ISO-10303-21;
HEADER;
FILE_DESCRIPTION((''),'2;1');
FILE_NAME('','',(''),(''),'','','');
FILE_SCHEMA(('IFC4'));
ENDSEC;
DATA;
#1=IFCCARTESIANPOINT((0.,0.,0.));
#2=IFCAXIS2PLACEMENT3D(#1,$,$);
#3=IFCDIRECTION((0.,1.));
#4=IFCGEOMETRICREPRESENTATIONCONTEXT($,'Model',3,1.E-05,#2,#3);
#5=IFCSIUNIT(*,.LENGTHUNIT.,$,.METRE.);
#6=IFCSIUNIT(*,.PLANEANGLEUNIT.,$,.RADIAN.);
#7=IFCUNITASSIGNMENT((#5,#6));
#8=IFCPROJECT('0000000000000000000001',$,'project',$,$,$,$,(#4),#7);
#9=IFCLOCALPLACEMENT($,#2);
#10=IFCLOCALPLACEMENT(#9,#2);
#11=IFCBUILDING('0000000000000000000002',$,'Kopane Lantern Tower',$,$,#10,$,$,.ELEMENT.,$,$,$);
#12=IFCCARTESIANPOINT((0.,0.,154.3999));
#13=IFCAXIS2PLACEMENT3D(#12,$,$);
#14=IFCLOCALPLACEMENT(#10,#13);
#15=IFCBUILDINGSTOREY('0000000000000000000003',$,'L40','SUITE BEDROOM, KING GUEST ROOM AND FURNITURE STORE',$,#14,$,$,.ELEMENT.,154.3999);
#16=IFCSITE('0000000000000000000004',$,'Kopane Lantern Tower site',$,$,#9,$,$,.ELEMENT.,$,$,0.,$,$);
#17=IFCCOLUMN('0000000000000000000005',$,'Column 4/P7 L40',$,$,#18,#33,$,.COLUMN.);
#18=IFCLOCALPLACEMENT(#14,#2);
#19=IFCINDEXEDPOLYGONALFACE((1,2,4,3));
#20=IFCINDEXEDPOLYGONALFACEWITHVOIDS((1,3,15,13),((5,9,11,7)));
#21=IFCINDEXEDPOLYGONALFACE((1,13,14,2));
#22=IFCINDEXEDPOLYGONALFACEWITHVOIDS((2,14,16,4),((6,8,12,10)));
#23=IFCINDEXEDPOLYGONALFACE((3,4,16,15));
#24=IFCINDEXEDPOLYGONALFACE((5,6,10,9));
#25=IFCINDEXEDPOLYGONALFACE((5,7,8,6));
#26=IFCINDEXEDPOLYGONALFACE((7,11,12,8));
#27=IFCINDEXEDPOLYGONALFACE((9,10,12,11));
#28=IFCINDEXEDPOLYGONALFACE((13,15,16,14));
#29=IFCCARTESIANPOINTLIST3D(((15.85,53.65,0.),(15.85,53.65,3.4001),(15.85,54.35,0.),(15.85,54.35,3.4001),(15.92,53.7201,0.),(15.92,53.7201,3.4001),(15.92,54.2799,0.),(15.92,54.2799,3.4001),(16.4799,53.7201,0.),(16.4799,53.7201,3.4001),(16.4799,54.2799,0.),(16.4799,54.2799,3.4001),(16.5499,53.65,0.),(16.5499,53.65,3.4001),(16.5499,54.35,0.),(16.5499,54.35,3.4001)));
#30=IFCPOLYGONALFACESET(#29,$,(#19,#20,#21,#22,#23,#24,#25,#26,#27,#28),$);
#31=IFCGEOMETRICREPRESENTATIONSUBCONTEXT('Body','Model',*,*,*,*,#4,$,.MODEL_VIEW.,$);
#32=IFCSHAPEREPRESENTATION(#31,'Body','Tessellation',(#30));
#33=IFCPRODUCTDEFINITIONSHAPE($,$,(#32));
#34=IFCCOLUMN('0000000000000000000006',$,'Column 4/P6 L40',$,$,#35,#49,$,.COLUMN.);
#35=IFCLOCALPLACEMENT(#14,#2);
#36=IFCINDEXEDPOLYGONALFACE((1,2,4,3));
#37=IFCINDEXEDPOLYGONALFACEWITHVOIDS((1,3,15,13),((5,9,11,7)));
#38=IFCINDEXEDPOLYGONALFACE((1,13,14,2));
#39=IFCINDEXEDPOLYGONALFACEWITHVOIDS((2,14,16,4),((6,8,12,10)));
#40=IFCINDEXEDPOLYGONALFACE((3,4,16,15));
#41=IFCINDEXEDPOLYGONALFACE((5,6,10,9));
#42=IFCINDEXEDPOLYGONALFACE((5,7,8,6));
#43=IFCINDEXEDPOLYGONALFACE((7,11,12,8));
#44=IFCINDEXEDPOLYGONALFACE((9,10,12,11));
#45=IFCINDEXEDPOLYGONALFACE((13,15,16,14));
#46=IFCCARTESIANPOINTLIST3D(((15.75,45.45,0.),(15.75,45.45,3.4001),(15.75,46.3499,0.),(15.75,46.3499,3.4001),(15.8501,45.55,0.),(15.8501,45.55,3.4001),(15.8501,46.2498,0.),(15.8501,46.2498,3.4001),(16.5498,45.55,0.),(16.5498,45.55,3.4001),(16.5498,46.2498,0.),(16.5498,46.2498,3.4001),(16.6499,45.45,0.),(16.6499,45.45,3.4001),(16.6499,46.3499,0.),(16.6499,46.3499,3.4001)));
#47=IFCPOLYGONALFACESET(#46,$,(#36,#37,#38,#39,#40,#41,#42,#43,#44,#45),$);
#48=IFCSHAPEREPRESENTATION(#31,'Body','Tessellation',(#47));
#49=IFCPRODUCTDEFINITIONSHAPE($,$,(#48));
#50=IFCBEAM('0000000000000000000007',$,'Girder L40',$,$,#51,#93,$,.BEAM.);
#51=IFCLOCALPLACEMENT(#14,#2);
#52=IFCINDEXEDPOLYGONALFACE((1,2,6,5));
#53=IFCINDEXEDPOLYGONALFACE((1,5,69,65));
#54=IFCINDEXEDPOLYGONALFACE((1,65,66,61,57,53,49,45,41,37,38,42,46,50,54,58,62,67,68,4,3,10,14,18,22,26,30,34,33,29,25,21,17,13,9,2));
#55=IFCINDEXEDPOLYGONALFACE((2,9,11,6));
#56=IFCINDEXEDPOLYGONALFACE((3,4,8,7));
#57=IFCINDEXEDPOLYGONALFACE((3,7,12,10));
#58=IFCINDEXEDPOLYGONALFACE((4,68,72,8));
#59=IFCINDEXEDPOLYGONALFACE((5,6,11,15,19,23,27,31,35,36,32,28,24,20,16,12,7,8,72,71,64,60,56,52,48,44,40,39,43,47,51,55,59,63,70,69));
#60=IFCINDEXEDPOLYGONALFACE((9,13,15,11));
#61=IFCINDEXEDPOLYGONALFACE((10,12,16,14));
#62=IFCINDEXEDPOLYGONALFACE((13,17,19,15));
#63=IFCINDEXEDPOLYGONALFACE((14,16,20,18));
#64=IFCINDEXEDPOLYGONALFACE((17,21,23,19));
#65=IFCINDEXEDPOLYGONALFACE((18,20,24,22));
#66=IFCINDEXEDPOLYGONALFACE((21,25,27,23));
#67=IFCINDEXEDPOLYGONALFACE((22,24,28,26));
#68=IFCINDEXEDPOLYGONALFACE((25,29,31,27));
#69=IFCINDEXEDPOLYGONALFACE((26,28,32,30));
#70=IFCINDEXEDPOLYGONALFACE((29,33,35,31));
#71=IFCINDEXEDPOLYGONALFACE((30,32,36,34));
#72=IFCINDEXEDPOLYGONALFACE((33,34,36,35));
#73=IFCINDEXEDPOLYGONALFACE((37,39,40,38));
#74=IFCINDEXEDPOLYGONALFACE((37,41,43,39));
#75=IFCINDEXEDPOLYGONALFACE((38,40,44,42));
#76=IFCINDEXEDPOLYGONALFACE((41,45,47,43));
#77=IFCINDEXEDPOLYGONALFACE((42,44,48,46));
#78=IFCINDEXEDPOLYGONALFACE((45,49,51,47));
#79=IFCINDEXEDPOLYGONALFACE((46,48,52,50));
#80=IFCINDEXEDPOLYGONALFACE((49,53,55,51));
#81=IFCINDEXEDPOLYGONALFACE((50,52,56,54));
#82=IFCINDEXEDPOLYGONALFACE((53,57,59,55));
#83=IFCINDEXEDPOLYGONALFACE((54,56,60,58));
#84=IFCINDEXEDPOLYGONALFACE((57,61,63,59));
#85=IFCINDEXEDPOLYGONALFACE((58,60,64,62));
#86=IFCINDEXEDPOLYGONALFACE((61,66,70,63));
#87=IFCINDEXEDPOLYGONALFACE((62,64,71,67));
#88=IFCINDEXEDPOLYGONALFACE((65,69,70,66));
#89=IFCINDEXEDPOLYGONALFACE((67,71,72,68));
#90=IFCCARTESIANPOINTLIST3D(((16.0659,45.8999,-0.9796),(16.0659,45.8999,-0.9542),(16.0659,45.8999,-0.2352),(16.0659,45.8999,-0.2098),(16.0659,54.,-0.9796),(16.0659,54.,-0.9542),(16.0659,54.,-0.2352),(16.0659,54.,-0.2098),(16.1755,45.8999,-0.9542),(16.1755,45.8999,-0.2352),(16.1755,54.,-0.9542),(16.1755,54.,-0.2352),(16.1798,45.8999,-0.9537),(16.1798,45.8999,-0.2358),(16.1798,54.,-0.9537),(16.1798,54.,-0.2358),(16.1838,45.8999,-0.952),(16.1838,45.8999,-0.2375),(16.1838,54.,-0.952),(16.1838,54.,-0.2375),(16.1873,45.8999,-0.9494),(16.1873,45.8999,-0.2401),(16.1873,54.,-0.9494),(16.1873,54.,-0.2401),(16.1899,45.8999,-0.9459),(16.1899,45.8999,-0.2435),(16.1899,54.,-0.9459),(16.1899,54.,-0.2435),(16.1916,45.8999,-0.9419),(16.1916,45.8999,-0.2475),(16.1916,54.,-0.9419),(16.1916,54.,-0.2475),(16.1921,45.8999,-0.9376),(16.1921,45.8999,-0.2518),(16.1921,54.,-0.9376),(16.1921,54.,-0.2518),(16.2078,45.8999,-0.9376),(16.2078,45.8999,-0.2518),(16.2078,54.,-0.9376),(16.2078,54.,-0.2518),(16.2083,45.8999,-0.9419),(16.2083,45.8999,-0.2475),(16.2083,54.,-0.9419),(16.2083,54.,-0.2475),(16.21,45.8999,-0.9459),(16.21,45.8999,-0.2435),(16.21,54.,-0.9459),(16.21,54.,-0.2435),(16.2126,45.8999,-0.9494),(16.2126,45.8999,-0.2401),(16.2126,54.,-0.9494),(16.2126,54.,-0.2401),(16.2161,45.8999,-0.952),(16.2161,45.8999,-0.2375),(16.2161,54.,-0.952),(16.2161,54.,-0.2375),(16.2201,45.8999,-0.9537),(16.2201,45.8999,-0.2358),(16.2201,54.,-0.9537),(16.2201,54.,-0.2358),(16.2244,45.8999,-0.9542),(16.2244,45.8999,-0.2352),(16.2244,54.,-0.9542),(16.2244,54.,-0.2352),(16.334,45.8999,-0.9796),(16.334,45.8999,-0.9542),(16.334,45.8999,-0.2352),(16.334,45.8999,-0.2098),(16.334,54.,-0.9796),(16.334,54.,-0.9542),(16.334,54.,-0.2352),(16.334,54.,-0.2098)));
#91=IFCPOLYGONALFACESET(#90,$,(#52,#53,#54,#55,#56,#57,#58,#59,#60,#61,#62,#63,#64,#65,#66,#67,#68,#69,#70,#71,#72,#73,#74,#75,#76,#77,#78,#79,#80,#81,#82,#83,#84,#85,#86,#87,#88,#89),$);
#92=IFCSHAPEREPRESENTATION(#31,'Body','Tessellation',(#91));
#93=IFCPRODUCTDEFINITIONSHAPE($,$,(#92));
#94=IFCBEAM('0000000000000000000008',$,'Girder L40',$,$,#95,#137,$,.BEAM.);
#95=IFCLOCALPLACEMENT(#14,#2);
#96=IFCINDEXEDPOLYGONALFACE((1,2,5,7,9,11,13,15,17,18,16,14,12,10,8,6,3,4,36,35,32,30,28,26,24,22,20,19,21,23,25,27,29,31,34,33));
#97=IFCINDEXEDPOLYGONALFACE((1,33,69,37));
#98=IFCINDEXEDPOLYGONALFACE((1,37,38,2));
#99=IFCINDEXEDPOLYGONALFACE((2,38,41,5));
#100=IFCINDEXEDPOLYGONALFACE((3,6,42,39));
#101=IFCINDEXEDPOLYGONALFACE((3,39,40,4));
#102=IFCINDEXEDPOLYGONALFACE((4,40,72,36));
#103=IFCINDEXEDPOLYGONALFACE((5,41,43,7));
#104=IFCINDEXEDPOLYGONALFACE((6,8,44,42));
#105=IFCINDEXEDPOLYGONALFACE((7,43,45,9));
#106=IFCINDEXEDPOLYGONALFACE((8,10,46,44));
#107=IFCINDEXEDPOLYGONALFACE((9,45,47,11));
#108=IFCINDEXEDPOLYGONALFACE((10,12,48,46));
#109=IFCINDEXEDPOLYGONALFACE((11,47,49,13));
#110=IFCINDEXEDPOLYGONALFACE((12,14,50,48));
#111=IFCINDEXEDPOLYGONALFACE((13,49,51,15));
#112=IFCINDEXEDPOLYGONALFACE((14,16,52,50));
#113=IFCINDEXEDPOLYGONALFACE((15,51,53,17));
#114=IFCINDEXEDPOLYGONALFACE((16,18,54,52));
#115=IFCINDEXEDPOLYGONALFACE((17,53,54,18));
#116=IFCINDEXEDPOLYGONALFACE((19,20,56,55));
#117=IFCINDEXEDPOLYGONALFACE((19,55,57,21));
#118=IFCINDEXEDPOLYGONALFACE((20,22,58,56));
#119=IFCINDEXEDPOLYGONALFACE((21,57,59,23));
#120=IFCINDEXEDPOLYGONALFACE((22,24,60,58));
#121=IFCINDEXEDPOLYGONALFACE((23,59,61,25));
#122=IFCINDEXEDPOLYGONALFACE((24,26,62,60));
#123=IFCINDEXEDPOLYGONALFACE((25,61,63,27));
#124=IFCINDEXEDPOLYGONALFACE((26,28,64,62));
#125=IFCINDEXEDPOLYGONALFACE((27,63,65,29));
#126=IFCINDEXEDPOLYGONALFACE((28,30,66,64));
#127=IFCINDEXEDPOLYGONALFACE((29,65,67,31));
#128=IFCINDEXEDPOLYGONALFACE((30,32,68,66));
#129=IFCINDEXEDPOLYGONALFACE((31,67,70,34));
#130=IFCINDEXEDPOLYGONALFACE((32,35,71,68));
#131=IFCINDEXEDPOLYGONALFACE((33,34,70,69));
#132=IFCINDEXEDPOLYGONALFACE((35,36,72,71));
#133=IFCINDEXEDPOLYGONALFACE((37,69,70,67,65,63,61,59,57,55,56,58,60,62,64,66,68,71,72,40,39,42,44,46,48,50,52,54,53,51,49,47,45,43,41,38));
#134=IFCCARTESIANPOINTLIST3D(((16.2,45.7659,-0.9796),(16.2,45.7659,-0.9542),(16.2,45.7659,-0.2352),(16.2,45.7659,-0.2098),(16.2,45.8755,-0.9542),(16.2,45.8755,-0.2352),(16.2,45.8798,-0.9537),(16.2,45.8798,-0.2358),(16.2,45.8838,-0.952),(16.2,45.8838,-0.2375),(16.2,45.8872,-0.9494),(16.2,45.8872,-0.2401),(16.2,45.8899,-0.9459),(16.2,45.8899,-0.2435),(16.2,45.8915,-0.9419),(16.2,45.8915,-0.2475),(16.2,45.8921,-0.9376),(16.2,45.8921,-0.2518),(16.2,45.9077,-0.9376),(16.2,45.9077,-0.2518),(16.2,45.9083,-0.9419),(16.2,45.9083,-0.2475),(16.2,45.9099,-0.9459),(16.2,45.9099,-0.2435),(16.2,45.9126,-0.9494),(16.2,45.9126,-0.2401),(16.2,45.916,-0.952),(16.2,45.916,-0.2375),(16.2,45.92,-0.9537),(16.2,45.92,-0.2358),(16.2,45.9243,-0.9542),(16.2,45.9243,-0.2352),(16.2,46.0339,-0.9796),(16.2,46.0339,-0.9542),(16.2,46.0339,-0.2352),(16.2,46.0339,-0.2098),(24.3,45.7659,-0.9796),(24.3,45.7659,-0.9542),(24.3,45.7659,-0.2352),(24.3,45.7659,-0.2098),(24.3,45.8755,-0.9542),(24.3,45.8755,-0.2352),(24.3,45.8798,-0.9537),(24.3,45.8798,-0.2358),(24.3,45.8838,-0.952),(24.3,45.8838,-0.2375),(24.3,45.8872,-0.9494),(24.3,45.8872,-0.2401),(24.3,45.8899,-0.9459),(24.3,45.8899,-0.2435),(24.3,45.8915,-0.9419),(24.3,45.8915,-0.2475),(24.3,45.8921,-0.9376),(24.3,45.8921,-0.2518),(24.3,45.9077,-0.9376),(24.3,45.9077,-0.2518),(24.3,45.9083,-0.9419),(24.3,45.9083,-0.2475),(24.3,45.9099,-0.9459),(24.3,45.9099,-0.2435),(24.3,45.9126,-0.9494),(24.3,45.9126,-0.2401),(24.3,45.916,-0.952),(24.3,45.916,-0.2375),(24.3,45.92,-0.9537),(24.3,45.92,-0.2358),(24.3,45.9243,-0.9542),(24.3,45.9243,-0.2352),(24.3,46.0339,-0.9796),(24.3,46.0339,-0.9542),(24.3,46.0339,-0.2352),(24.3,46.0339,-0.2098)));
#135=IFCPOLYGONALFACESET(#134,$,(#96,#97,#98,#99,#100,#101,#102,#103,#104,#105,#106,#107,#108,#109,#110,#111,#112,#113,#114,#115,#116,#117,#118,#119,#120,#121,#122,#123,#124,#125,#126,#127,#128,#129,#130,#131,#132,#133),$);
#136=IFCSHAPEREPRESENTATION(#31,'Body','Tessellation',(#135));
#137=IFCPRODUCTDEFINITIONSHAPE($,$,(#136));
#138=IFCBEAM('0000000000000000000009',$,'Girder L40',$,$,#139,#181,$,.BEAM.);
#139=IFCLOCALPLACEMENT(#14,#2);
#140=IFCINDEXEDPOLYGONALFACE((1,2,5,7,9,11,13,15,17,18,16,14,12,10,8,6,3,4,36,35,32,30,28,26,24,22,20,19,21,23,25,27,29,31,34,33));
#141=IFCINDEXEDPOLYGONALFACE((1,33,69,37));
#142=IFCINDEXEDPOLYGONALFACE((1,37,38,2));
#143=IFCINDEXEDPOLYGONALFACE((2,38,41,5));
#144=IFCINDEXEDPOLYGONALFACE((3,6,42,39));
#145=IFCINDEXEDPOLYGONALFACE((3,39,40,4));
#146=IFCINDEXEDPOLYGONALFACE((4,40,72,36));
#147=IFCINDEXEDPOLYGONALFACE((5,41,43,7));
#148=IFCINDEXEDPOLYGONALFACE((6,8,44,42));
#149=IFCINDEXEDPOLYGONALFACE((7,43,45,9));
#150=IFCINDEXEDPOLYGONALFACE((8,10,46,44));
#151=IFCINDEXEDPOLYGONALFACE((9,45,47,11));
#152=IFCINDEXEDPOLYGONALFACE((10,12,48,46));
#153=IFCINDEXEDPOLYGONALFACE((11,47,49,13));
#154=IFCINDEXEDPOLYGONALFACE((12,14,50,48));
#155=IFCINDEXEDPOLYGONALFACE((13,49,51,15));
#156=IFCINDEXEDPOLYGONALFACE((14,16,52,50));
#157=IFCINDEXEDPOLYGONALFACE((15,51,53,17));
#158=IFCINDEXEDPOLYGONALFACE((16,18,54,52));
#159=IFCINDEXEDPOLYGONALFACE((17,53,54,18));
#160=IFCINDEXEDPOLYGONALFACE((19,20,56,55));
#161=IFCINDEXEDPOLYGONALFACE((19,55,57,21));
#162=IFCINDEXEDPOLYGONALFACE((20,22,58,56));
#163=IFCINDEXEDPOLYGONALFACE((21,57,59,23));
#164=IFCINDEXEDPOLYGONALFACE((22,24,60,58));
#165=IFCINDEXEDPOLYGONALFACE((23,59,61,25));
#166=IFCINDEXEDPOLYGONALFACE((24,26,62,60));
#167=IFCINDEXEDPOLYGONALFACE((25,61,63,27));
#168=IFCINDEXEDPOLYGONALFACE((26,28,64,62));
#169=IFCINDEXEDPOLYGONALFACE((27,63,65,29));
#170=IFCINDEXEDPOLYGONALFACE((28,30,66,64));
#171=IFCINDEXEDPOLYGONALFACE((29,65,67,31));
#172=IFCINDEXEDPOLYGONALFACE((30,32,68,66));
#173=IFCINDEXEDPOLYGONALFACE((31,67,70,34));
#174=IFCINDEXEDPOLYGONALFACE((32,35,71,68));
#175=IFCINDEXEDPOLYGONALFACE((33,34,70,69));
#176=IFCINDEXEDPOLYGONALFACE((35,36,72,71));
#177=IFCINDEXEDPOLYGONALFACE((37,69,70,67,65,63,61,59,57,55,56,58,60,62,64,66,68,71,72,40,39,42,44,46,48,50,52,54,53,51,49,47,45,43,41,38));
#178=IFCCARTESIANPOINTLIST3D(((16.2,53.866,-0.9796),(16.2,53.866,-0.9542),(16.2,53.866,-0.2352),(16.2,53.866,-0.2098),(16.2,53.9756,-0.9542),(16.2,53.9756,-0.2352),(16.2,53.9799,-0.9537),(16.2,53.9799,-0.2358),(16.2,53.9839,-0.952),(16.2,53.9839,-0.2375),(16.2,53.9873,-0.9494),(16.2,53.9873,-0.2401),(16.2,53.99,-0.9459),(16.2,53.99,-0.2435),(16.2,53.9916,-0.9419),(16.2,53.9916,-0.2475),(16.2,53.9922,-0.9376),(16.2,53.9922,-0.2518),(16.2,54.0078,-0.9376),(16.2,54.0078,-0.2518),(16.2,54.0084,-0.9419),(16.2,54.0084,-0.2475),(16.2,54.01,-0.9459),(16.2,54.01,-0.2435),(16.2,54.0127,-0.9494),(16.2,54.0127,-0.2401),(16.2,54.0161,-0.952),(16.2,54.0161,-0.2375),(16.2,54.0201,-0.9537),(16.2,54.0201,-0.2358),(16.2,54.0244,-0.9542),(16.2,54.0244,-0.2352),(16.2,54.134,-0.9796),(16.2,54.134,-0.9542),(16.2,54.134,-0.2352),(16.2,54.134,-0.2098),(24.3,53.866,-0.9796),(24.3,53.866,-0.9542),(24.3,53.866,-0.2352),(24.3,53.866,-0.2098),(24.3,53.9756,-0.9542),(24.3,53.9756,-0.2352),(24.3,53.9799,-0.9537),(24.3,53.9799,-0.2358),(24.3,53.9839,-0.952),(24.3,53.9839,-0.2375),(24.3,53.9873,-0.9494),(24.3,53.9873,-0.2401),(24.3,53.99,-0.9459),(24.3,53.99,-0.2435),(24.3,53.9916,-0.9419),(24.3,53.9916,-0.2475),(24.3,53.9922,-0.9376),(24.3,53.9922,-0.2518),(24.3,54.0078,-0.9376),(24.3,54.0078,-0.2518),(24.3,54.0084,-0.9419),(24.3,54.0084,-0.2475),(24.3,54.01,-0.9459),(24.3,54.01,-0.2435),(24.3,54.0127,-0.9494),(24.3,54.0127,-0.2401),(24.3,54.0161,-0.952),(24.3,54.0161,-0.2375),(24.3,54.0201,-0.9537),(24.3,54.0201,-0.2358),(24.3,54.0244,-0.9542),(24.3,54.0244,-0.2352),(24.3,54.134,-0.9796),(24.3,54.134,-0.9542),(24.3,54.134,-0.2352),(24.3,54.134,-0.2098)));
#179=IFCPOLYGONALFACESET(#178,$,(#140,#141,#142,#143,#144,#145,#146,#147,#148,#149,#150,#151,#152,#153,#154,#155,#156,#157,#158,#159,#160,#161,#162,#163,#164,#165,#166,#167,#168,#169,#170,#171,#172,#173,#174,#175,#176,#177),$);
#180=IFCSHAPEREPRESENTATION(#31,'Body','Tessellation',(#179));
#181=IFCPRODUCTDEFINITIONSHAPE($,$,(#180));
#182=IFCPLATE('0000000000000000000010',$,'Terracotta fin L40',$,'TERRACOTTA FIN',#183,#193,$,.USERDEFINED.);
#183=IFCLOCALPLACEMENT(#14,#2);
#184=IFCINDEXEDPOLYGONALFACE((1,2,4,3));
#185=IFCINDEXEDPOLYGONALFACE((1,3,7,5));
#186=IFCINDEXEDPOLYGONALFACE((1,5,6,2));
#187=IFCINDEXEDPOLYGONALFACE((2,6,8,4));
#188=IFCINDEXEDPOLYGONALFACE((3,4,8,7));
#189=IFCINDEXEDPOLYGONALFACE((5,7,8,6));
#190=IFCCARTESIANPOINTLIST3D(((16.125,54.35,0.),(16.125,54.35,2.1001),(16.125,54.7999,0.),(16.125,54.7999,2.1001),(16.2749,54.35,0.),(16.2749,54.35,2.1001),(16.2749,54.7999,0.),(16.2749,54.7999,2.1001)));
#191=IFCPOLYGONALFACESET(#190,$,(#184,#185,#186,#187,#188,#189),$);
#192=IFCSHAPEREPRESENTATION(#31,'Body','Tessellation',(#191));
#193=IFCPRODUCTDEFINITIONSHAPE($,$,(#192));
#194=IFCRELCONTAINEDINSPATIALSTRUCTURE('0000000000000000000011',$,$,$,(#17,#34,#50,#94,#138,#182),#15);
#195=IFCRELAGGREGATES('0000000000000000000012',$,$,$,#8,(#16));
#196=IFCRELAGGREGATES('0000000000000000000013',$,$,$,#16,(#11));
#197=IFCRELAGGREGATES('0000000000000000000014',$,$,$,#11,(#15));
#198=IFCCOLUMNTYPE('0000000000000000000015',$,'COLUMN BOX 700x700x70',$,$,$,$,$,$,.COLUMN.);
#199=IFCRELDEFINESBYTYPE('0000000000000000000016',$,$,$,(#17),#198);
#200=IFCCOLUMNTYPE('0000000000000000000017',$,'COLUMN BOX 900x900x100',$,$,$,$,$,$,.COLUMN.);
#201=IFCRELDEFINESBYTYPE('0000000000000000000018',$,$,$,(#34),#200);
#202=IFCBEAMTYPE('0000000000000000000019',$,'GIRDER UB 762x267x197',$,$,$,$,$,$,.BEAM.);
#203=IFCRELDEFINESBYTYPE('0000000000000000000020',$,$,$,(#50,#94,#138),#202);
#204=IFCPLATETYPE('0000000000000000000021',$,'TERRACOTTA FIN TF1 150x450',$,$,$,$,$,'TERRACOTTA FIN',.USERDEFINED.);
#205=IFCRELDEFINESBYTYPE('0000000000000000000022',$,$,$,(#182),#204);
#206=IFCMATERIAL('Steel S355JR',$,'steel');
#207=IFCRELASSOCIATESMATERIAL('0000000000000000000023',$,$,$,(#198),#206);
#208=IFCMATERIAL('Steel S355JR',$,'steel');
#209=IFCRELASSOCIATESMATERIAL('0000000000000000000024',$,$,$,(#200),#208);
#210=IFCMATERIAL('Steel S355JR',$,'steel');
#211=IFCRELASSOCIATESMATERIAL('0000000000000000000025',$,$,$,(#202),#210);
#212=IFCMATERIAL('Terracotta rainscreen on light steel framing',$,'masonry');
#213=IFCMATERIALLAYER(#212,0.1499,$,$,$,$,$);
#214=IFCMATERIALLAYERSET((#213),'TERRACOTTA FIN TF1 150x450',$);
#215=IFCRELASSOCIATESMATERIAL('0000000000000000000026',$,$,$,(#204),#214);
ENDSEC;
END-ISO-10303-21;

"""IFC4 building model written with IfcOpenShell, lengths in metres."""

from ifc_helpers import new_model, si_unit, direction, frame, origin, origin_2d, place, context, subcontext, project, spatial, rectangle, hollow_rectangle, i_section, extrude, material, layer, layer_set, material_profile, profile_set, type_object, element, save


model = new_model("IFC4")

# Units and contexts
model_context = context("Model", 3, precision=1e-05, world=origin(), true_north=direction((0.0, 1.0)))
body_context = subcontext(model_context, "Body", "Model", "MODEL_VIEW")
ifc_project = project(units=[si_unit("LENGTHUNIT", "METRE"), si_unit("PLANEANGLEUNIT", "RADIAN")], contexts=[model_context])

# Site, building, storey
site_placement = place(None, origin())
site = spatial("IfcSite", under=ifc_project, at=site_placement, Name="Kopane Lantern Tower site", CompositionType="ELEMENT", RefElevation=0.0)
building_placement = place(site_placement, origin())
building = spatial("IfcBuilding", under=site, at=building_placement, Name="Kopane Lantern Tower", CompositionType="ELEMENT")
storey_placement = place(building_placement, frame((0.0, 0.0, 154.3999)))
storey = spatial("IfcBuildingStorey", under=building, at=storey_placement, Name="L40", Description="SUITE BEDROOM, KING GUEST ROOM AND FURNITURE STORE", CompositionType="ELEMENT", Elevation=154.3999)

# Columns
ifc_material_1 = material(Name="Steel S355JR", Category="steel")
ifc_material_profile_1 = material_profile(ifc_material_1, hollow_rectangle(XDim=0.7, YDim=0.7, WallThickness=0.0701, at=origin_2d()), Name="BOX 700x700x70")
ifc_profile_set_1 = profile_set([ifc_material_profile_1], Name="Steel S355JR")
column_type_1 = type_object("IfcColumnType", Name="COLUMN BOX 700x700x70", PredefinedType="COLUMN", material=ifc_profile_set_1)
column_1_placement = place(storey_placement, frame((16.2, 54.0, 0.0), z_axis=(0.0, 0.0, 1.0), x_axis=(1.0, 0.0, 0.0)))
element("IfcColumn", 1, at=column_1_placement, inside=storey, type_object=column_type_1, Name="Column 4/P7 L40", PredefinedType="COLUMN", context=body_context, shape_type="SweptSolid", body=[
    extrude(hollow_rectangle(XDim=0.7, YDim=0.7, WallThickness=0.0701, at=origin_2d()), origin(), (0.0, 0.0, 1.0), 3.4001),
])
ifc_material_2 = material(Name="Steel S355JR", Category="steel")
ifc_material_profile_2 = material_profile(ifc_material_2, hollow_rectangle(XDim=0.8999, YDim=0.8999, WallThickness=0.1001, at=origin_2d()), Name="BOX 900x900x100")
ifc_profile_set_2 = profile_set([ifc_material_profile_2], Name="Steel S355JR")
column_type_2 = type_object("IfcColumnType", Name="COLUMN BOX 900x900x100", PredefinedType="COLUMN", material=ifc_profile_set_2)
column_2_placement = place(storey_placement, frame((16.2, 45.8999, 0.0), z_axis=(0.0, 0.0, 1.0), x_axis=(1.0, 0.0, 0.0)))
element("IfcColumn", 2, at=column_2_placement, inside=storey, type_object=column_type_2, Name="Column 4/P6 L40", PredefinedType="COLUMN", context=body_context, shape_type="SweptSolid", body=[
    extrude(hollow_rectangle(XDim=0.8999, YDim=0.8999, WallThickness=0.1001, at=origin_2d()), origin(), (0.0, 0.0, 1.0), 3.4001),
])

# Beams
ifc_material_3 = material(Name="Steel S355JR", Category="steel")
ifc_material_profile_3 = material_profile(ifc_material_3, i_section(OverallWidth=0.2681, OverallDepth=0.7698, WebThickness=0.0156, FlangeThickness=0.0254, FilletRadius=0.0166, at=origin_2d()), Name="UB 762x267x197")
ifc_profile_set_3 = profile_set([ifc_material_profile_3], Name="Steel S355JR")
beam_type = type_object("IfcBeamType", Name="GIRDER UB 762x267x197", PredefinedType="BEAM", material=ifc_profile_set_3)
for number, where, z_axis, x_axis, name in (
    (3, (16.2, 45.8999, -0.5947), (0.0, 1.0, 0.0), (-1.0, 0.0, 0.0), "Girder L40"),
    (4, (16.2, 45.8999, -0.5947), (1.0, 0.0, 0.0), (0.0, 1.0, 0.0), "Girder L40"),
    (5, (16.2, 54.0, -0.5947), (1.0, 0.0, 0.0), (0.0, 1.0, 0.0), "Girder L40"),
):
    element("IfcBeam", number, at=place(storey_placement, frame(where, z_axis=z_axis, x_axis=x_axis)), inside=storey, type_object=beam_type, Name=name, PredefinedType="BEAM", context=body_context, shape_type="SweptSolid", body=[
        extrude(i_section(OverallWidth=0.2681, OverallDepth=0.7698, WebThickness=0.0156, FlangeThickness=0.0254, FilletRadius=0.0166, at=origin_2d()), origin(), (0.0, 0.0, 1.0), 8.1001),
    ])

# Plate
ifc_material_4 = material(Name="Terracotta rainscreen on light steel framing", Category="masonry")
ifc_layer_1 = layer(ifc_material_4, 0.1499)
ifc_layer_set_1 = layer_set([ifc_layer_1], Name="TERRACOTTA FIN TF1 150x450")
plate_type = type_object("IfcPlateType", Name="TERRACOTTA FIN TF1 150x450", ElementType="TERRACOTTA FIN", PredefinedType="USERDEFINED", material=ifc_layer_set_1)
for number, where, z_axis, x_axis, name in (
    (6, (16.2, 54.575, 0.0), (0.0, 0.0, 1.0), (-1.0, 0.0, 0.0), "Terracotta fin L40"),
):
    element("IfcPlate", number, at=place(storey_placement, frame(where, z_axis=z_axis, x_axis=x_axis)), inside=storey, type_object=plate_type, Name=name, ObjectType="TERRACOTTA FIN", PredefinedType="USERDEFINED", context=body_context, shape_type="SweptSolid", body=[
        extrude(rectangle(XDim=0.1499, YDim=0.45, at=origin_2d()), origin(), (0.0, 0.0, 1.0), 2.1001),
    ])

save(model, "model.ifc")
